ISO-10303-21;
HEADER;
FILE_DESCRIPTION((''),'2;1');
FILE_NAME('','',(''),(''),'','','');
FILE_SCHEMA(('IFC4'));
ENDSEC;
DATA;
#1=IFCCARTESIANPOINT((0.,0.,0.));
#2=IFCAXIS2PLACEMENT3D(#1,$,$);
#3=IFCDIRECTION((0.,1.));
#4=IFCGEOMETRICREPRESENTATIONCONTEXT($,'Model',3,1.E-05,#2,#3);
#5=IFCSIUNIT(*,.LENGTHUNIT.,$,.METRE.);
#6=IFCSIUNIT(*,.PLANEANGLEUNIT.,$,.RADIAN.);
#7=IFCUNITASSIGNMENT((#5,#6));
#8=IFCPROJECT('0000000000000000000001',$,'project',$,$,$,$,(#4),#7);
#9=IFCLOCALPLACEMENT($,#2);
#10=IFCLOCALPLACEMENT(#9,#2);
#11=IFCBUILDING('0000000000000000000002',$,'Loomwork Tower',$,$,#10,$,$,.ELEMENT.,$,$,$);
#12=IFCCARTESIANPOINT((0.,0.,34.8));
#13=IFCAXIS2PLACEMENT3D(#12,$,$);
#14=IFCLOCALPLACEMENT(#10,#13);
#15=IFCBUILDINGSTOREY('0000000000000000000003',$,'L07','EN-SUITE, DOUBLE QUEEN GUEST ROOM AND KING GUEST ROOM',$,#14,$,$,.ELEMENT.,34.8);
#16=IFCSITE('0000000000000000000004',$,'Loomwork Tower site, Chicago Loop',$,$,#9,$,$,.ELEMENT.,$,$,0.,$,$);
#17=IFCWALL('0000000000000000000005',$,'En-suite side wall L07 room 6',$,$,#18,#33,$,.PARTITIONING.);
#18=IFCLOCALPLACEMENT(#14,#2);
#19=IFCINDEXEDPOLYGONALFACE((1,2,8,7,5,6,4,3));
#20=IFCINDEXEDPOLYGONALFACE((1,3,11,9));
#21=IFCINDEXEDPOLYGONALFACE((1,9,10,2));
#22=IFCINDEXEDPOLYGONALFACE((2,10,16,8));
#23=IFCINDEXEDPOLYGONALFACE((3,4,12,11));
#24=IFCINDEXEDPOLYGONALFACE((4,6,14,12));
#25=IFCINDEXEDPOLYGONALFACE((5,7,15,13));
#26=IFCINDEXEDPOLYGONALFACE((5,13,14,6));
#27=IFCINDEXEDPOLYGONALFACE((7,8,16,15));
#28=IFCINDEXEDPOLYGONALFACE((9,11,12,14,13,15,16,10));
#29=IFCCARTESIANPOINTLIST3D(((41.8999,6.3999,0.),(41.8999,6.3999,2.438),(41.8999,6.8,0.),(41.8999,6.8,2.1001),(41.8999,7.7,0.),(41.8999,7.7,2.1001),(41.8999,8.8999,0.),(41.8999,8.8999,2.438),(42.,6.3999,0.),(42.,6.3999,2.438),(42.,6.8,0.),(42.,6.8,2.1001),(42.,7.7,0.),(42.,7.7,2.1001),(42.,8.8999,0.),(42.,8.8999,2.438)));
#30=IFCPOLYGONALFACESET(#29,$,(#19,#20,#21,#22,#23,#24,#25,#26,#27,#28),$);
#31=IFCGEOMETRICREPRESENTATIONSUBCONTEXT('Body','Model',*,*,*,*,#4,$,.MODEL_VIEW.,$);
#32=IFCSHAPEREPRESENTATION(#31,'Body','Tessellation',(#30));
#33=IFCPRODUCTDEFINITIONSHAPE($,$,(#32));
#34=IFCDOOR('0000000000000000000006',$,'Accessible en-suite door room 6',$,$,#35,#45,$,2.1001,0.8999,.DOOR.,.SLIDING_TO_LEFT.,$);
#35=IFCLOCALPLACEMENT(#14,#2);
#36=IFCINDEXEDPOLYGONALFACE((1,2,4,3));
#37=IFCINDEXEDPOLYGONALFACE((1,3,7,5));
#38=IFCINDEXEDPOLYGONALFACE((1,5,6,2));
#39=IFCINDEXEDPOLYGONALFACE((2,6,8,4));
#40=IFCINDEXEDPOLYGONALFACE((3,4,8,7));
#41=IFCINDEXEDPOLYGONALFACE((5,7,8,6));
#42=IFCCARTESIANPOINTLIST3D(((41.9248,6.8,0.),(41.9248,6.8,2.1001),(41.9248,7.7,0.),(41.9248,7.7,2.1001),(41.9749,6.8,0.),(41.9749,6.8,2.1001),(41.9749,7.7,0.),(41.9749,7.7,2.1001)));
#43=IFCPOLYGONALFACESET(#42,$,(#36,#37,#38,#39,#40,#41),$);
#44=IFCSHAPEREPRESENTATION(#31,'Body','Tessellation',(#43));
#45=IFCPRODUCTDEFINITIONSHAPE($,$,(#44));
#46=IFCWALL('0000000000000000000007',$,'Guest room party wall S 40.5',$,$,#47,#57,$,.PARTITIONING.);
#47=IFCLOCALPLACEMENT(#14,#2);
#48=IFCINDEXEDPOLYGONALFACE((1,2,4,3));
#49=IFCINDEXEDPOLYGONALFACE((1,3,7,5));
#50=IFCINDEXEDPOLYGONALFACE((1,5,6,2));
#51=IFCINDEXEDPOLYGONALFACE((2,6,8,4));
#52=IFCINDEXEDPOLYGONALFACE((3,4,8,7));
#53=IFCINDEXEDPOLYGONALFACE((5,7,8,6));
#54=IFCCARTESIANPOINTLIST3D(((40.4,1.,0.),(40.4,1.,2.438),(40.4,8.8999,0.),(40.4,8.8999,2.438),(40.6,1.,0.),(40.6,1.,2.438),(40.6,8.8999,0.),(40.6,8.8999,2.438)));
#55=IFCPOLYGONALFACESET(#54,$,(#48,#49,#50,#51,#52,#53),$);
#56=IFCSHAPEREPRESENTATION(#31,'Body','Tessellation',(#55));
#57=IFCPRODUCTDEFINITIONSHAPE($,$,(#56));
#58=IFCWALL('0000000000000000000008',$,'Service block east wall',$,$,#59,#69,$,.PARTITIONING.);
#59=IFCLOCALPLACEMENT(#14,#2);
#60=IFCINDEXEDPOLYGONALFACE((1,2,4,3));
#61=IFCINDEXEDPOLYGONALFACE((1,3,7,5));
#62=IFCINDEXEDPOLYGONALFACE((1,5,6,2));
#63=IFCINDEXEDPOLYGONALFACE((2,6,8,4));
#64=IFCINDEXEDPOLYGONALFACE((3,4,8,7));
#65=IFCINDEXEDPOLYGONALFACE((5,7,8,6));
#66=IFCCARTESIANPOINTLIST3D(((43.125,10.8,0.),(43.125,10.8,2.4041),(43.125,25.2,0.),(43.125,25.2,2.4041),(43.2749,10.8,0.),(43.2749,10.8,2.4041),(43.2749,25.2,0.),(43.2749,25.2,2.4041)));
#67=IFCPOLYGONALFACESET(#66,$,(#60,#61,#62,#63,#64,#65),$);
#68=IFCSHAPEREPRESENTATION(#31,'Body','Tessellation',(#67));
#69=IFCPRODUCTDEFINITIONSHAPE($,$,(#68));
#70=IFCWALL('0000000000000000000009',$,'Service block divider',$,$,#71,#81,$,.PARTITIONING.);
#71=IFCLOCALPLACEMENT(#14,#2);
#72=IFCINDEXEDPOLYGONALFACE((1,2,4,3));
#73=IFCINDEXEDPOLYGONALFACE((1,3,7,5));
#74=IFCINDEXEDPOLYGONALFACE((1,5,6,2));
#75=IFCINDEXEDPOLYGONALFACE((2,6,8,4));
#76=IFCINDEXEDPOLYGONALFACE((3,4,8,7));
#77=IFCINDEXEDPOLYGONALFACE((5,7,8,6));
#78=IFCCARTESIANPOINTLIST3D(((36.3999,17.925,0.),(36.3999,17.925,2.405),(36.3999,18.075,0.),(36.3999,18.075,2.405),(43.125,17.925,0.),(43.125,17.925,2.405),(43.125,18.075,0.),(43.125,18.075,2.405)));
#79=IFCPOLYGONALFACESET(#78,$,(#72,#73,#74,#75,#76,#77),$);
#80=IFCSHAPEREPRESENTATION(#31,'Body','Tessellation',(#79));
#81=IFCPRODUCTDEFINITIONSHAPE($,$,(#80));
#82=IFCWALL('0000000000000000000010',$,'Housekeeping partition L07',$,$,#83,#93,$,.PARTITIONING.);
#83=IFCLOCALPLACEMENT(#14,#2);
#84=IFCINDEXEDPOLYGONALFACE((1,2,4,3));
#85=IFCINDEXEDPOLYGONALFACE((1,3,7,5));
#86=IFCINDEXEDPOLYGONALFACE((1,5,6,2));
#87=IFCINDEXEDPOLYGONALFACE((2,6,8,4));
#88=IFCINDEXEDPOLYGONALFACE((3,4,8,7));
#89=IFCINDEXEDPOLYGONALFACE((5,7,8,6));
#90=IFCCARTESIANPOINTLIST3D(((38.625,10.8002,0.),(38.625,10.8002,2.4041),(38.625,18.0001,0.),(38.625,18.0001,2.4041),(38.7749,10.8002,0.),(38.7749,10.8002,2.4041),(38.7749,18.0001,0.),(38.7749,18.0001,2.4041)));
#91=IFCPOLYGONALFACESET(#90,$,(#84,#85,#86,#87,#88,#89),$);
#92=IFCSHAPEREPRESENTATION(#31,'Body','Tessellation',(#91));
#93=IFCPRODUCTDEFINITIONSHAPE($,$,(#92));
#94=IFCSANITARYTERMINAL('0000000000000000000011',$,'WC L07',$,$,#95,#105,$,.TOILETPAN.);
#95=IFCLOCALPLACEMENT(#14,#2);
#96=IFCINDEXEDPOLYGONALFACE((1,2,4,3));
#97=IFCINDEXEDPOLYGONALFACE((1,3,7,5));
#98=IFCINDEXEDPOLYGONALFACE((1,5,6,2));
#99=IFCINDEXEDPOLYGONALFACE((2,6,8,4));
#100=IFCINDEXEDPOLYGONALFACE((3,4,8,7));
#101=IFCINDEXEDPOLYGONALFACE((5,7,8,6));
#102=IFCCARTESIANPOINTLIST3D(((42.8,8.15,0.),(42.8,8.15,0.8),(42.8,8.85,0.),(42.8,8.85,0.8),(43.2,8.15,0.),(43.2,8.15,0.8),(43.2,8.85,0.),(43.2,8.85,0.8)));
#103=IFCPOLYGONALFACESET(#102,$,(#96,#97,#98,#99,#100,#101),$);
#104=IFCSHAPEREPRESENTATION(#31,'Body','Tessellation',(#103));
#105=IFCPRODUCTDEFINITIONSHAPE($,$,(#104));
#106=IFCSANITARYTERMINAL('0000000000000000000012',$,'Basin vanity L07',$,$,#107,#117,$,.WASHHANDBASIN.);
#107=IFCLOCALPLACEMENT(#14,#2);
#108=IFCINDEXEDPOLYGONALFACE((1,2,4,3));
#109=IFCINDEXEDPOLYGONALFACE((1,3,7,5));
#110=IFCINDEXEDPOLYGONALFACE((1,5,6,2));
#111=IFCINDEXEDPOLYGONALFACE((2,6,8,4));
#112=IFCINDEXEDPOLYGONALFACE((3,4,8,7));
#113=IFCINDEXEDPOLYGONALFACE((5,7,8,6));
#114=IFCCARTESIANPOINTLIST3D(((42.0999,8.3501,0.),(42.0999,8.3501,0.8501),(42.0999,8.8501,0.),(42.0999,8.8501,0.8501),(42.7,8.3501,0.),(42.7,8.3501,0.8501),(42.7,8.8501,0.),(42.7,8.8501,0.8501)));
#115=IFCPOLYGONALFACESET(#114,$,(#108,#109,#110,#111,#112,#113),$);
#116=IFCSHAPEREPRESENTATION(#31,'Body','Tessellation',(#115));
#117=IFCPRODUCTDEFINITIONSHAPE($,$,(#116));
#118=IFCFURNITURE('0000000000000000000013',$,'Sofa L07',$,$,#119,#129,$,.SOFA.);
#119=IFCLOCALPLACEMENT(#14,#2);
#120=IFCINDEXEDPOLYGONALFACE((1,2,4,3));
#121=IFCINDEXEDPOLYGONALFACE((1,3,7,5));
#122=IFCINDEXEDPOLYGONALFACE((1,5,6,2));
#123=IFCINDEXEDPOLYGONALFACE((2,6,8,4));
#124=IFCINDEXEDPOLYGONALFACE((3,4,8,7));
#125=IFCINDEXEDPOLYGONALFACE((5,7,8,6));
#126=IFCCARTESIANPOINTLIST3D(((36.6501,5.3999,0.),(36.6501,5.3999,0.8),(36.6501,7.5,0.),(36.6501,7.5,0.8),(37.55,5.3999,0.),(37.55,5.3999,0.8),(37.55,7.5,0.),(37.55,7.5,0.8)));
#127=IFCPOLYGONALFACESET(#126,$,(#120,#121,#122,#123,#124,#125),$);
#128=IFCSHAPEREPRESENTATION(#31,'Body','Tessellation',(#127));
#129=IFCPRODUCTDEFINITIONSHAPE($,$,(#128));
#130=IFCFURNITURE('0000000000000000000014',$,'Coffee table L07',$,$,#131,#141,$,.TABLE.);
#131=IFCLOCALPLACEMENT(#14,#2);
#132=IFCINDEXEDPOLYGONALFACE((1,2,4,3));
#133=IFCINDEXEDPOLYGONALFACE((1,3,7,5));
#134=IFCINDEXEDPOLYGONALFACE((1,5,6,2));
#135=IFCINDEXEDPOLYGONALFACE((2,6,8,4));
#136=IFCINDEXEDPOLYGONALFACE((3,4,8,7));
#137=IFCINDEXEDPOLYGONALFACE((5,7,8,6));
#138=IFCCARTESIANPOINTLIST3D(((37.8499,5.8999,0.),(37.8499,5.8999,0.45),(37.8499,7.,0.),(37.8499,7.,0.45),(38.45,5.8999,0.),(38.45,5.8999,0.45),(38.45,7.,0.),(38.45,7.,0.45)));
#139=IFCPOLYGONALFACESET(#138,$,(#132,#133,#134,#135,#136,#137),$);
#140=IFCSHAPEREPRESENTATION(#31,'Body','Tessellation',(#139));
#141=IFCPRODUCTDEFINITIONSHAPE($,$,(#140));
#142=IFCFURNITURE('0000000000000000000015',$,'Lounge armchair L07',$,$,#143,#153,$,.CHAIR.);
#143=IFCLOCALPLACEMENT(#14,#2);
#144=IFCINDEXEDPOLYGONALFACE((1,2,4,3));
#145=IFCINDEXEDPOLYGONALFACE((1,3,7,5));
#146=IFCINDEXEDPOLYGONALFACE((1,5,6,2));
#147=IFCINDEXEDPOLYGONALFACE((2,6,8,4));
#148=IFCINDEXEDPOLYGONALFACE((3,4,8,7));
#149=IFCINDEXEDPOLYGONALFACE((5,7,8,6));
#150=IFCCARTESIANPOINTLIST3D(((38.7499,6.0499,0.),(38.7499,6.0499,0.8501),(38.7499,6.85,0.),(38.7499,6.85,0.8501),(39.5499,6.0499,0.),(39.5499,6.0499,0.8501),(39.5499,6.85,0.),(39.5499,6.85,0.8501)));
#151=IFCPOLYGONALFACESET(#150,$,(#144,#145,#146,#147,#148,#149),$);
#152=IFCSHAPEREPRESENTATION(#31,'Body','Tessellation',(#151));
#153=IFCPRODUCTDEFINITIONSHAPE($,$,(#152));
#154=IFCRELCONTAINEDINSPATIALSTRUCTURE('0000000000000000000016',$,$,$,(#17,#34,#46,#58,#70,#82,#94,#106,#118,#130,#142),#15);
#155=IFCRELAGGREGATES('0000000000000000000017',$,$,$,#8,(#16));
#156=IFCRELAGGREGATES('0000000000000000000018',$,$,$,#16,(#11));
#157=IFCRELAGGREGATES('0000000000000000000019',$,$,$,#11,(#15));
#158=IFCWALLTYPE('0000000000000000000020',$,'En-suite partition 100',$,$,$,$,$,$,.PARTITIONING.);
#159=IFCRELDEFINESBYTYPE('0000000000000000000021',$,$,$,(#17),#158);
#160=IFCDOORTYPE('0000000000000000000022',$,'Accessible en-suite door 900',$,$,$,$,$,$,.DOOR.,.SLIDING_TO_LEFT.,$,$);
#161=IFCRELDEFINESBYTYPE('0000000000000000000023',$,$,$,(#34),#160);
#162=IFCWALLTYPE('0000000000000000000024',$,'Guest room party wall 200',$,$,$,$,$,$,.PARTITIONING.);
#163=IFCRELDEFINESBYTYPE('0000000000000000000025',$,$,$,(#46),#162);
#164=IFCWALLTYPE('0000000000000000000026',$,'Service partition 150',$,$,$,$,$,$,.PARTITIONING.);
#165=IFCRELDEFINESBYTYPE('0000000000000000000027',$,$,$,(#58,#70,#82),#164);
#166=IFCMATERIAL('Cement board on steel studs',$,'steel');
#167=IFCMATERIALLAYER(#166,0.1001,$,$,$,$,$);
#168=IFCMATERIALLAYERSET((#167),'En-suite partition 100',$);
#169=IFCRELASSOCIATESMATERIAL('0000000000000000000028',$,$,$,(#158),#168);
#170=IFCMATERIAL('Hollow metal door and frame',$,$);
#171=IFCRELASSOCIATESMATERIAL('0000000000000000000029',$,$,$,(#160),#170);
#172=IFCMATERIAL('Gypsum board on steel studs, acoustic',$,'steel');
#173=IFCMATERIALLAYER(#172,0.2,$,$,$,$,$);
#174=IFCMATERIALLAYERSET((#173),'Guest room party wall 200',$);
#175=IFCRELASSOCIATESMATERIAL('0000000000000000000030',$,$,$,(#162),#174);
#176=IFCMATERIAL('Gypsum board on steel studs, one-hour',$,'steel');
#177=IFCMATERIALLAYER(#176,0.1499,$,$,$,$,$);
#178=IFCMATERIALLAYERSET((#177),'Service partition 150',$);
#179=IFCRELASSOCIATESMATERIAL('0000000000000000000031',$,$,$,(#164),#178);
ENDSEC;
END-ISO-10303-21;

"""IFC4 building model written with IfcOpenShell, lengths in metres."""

from ifc_helpers import new_model, si_unit, direction, frame, frame_2d, origin, origin_2d, place, context, subcontext, project, spatial, rectangle, extrude, material, layer, layer_set, type_object, element, fill, save


model = new_model("IFC4")

# Units and contexts
model_context = context("Model", 3, precision=1e-05, world=origin(), true_north=direction((0.0, 1.0)))
body_context = subcontext(model_context, "Body", "Model", "MODEL_VIEW")
ifc_project = project(units=[si_unit("LENGTHUNIT", "METRE"), si_unit("PLANEANGLEUNIT", "RADIAN")], contexts=[model_context])

# Site, building, storey
site_placement = place(None, origin())
site = spatial("IfcSite", under=ifc_project, at=site_placement, Name="Loomwork Tower site, Chicago Loop", CompositionType="ELEMENT", RefElevation=0.0)
building_placement = place(site_placement, origin())
building = spatial("IfcBuilding", under=site, at=building_placement, Name="Loomwork Tower", CompositionType="ELEMENT")
storey_placement = place(building_placement, frame((0.0, 0.0, 34.8)))
storey = spatial("IfcBuildingStorey", under=building, at=storey_placement, Name="L07", Description="EN-SUITE, DOUBLE QUEEN GUEST ROOM AND KING GUEST ROOM", CompositionType="ELEMENT", Elevation=34.8)

# Shared definitions
ifc_material_1 = material(Name="Cement board on steel studs", Category="steel")
ifc_layer_1 = layer(ifc_material_1, 0.1001)
ifc_layer_set_1 = layer_set([ifc_layer_1], Name="En-suite partition 100")
wall_type_1 = type_object("IfcWallType", Name="En-suite partition 100", PredefinedType="PARTITIONING", material=ifc_layer_set_1)

# Wall, opening, door
wall_1_placement = place(storey_placement, frame((41.95, 8.8999, 0.0), z_axis=(0.0, 0.0, 1.0), x_axis=(0.0, -1.0, 0.0)))
wall_1 = element("IfcWall", 1, at=wall_1_placement, inside=storey, type_object=wall_type_1, Name="En-suite side wall L07 room 6", PredefinedType="PARTITIONING", context=body_context, shape_type="SweptSolid", body=[
    extrude(rectangle(XDim=2.5, YDim=0.1001, at=frame_2d((1.25, 0.0))), origin(), (0.0, 0.0, 1.0), 2.438),
])
opening_1_placement = place(wall_1_placement, frame((1.2, 0.0, 0.0)))
opening_1 = element("IfcOpeningElement", 2, at=opening_1_placement, cuts=wall_1, PredefinedType="OPENING", context=body_context, shape_type="SweptSolid", body=[
    extrude(rectangle(XDim=0.8999, YDim=2.1001, at=frame_2d((0.45, 1.05))), frame((0.0, 0.0601, 0.0), z_axis=(0.0, -1.0, 0.0), x_axis=(1.0, 0.0, 0.0)), (0.0, 0.0, 1.0), 0.1201),
])
ifc_material_2 = material(Name="Hollow metal door and frame")
door_type_1 = type_object("IfcDoorType", Name="Accessible en-suite door 900", OperationType="SLIDING_TO_LEFT", PredefinedType="DOOR", material=ifc_material_2)
door_1_placement = place(opening_1_placement, origin())
door_1 = element("IfcDoor", 3, at=door_1_placement, inside=storey, type_object=door_type_1, Name="Accessible en-suite door room 6", OperationType="SLIDING_TO_LEFT", OverallHeight=2.1001, OverallWidth=0.8999, PredefinedType="DOOR", context=body_context, shape_type="SweptSolid", body=[
    extrude(rectangle(XDim=0.8999, YDim=2.1001, at=frame_2d((0.45, 1.05))), frame((0.0, 0.0249, 0.0), z_axis=(0.0, -1.0, 0.0), x_axis=(1.0, 0.0, 0.0)), (0.0, 0.0, 1.0), 0.05),
])
fill(opening_1, door_1)

# Walls
ifc_material_3 = material(Name="Gypsum board on steel studs, acoustic", Category="steel")
ifc_layer_2 = layer(ifc_material_3, 0.2)
ifc_layer_set_2 = layer_set([ifc_layer_2], Name="Guest room party wall 200")
wall_type_2 = type_object("IfcWallType", Name="Guest room party wall 200", PredefinedType="PARTITIONING", material=ifc_layer_set_2)
wall_2_placement = place(storey_placement, frame((40.5, 8.8999, 0.0), z_axis=(0.0, 0.0, 1.0), x_axis=(0.0, -1.0, 0.0)))
element("IfcWall", 4, at=wall_2_placement, inside=storey, type_object=wall_type_2, Name="Guest room party wall S 40.5", PredefinedType="PARTITIONING", context=body_context, shape_type="SweptSolid", body=[
    extrude(rectangle(XDim=7.8999, YDim=0.2, at=frame_2d((3.95, 0.0))), origin(), (0.0, 0.0, 1.0), 2.438),
])
ifc_material_4 = material(Name="Gypsum board on steel studs, one-hour", Category="steel")
ifc_layer_3 = layer(ifc_material_4, 0.1499)
ifc_layer_set_3 = layer_set([ifc_layer_3], Name="Service partition 150")
wall_type_3 = type_object("IfcWallType", Name="Service partition 150", PredefinedType="PARTITIONING", material=ifc_layer_set_3)
wall_3_placement = place(storey_placement, frame((43.2, 10.8, 0.0), z_axis=(0.0, 0.0, 1.0), x_axis=(0.0, 1.0, 0.0)))
element("IfcWall", 5, at=wall_3_placement, inside=storey, type_object=wall_type_3, Name="Service block east wall", PredefinedType="PARTITIONING", context=body_context, shape_type="SweptSolid", body=[
    extrude(rectangle(XDim=14.3999, YDim=0.1499, at=frame_2d((7.2, 0.0))), origin(), (0.0, 0.0, 1.0), 2.4041),
])
wall_4_placement = place(storey_placement, frame((36.3999, 18.0, 0.0), z_axis=(0.0, 0.0, 1.0), x_axis=(1.0, 0.0, 0.0)))
element("IfcWall", 6, at=wall_4_placement, inside=storey, type_object=wall_type_3, Name="Service block divider", PredefinedType="PARTITIONING", context=body_context, shape_type="SweptSolid", body=[
    extrude(rectangle(XDim=6.7251, YDim=0.1499, at=frame_2d((3.3625, 0.0))), origin(), (0.0, 0.0, 1.0), 2.405),
])
wall_5_placement = place(storey_placement, frame((38.7, 10.8, 0.0), z_axis=(0.0, 0.0, 1.0), x_axis=(0.0, 1.0, 0.0)))
element("IfcWall", 7, at=wall_5_placement, inside=storey, type_object=wall_type_3, Name="Housekeeping partition L07", PredefinedType="PARTITIONING", context=body_context, shape_type="SweptSolid", body=[
    extrude(rectangle(XDim=7.2, YDim=0.1499, at=frame_2d((3.6001, 0.0))), origin(), (0.0, 0.0, 1.0), 2.4041),
])

# Sanitary terminals
sanitary_terminal_1_placement = place(storey_placement, frame((43.0, 8.5, 0.0), z_axis=(0.0, 0.0, 1.0), x_axis=(1.0, 0.0, 0.0)))
element("IfcSanitaryTerminal", 8, at=sanitary_terminal_1_placement, inside=storey, Name="WC L07", PredefinedType="TOILETPAN", context=body_context, shape_type="SweptSolid", body=[
    extrude(rectangle(XDim=0.3999, YDim=0.7, at=origin_2d()), origin(), (0.0, 0.0, 1.0), 0.8),
])
sanitary_terminal_2_placement = place(storey_placement, frame((42.3999, 8.6001, 0.0), z_axis=(0.0, 0.0, 1.0), x_axis=(1.0, 0.0, 0.0)))
element("IfcSanitaryTerminal", 9, at=sanitary_terminal_2_placement, inside=storey, Name="Basin vanity L07", PredefinedType="WASHHANDBASIN", context=body_context, shape_type="SweptSolid", body=[
    extrude(rectangle(XDim=0.6001, YDim=0.5, at=origin_2d()), origin(), (0.0, 0.0, 1.0), 0.8501),
])

# Furniture
furniture_1_placement = place(storey_placement, frame((37.1001, 6.45, 0.0), z_axis=(0.0, 0.0, 1.0), x_axis=(1.0, 0.0, 0.0)))
element("IfcFurniture", 10, at=furniture_1_placement, inside=storey, Name="Sofa L07", PredefinedType="SOFA", context=body_context, shape_type="SweptSolid", body=[
    extrude(rectangle(XDim=0.8999, YDim=2.1001, at=origin_2d()), origin(), (0.0, 0.0, 1.0), 0.8),
])
furniture_2_placement = place(storey_placement, frame((38.1499, 6.45, 0.0), z_axis=(0.0, 0.0, 1.0), x_axis=(1.0, 0.0, 0.0)))
element("IfcFurniture", 11, at=furniture_2_placement, inside=storey, Name="Coffee table L07", PredefinedType="TABLE", context=body_context, shape_type="SweptSolid", body=[
    extrude(rectangle(XDim=0.6001, YDim=1.1001, at=origin_2d()), origin(), (0.0, 0.0, 1.0), 0.45),
])
furniture_3_placement = place(storey_placement, frame((39.1499, 6.45, 0.0), z_axis=(0.0, 0.0, 1.0), x_axis=(1.0, 0.0, 0.0)))
element("IfcFurniture", 12, at=furniture_3_placement, inside=storey, Name="Lounge armchair L07", PredefinedType="CHAIR", context=body_context, shape_type="SweptSolid", body=[
    extrude(rectangle(XDim=0.8, YDim=0.8, at=origin_2d()), origin(), (0.0, 0.0, 1.0), 0.8501),
])

save(model, "model.ifc")
